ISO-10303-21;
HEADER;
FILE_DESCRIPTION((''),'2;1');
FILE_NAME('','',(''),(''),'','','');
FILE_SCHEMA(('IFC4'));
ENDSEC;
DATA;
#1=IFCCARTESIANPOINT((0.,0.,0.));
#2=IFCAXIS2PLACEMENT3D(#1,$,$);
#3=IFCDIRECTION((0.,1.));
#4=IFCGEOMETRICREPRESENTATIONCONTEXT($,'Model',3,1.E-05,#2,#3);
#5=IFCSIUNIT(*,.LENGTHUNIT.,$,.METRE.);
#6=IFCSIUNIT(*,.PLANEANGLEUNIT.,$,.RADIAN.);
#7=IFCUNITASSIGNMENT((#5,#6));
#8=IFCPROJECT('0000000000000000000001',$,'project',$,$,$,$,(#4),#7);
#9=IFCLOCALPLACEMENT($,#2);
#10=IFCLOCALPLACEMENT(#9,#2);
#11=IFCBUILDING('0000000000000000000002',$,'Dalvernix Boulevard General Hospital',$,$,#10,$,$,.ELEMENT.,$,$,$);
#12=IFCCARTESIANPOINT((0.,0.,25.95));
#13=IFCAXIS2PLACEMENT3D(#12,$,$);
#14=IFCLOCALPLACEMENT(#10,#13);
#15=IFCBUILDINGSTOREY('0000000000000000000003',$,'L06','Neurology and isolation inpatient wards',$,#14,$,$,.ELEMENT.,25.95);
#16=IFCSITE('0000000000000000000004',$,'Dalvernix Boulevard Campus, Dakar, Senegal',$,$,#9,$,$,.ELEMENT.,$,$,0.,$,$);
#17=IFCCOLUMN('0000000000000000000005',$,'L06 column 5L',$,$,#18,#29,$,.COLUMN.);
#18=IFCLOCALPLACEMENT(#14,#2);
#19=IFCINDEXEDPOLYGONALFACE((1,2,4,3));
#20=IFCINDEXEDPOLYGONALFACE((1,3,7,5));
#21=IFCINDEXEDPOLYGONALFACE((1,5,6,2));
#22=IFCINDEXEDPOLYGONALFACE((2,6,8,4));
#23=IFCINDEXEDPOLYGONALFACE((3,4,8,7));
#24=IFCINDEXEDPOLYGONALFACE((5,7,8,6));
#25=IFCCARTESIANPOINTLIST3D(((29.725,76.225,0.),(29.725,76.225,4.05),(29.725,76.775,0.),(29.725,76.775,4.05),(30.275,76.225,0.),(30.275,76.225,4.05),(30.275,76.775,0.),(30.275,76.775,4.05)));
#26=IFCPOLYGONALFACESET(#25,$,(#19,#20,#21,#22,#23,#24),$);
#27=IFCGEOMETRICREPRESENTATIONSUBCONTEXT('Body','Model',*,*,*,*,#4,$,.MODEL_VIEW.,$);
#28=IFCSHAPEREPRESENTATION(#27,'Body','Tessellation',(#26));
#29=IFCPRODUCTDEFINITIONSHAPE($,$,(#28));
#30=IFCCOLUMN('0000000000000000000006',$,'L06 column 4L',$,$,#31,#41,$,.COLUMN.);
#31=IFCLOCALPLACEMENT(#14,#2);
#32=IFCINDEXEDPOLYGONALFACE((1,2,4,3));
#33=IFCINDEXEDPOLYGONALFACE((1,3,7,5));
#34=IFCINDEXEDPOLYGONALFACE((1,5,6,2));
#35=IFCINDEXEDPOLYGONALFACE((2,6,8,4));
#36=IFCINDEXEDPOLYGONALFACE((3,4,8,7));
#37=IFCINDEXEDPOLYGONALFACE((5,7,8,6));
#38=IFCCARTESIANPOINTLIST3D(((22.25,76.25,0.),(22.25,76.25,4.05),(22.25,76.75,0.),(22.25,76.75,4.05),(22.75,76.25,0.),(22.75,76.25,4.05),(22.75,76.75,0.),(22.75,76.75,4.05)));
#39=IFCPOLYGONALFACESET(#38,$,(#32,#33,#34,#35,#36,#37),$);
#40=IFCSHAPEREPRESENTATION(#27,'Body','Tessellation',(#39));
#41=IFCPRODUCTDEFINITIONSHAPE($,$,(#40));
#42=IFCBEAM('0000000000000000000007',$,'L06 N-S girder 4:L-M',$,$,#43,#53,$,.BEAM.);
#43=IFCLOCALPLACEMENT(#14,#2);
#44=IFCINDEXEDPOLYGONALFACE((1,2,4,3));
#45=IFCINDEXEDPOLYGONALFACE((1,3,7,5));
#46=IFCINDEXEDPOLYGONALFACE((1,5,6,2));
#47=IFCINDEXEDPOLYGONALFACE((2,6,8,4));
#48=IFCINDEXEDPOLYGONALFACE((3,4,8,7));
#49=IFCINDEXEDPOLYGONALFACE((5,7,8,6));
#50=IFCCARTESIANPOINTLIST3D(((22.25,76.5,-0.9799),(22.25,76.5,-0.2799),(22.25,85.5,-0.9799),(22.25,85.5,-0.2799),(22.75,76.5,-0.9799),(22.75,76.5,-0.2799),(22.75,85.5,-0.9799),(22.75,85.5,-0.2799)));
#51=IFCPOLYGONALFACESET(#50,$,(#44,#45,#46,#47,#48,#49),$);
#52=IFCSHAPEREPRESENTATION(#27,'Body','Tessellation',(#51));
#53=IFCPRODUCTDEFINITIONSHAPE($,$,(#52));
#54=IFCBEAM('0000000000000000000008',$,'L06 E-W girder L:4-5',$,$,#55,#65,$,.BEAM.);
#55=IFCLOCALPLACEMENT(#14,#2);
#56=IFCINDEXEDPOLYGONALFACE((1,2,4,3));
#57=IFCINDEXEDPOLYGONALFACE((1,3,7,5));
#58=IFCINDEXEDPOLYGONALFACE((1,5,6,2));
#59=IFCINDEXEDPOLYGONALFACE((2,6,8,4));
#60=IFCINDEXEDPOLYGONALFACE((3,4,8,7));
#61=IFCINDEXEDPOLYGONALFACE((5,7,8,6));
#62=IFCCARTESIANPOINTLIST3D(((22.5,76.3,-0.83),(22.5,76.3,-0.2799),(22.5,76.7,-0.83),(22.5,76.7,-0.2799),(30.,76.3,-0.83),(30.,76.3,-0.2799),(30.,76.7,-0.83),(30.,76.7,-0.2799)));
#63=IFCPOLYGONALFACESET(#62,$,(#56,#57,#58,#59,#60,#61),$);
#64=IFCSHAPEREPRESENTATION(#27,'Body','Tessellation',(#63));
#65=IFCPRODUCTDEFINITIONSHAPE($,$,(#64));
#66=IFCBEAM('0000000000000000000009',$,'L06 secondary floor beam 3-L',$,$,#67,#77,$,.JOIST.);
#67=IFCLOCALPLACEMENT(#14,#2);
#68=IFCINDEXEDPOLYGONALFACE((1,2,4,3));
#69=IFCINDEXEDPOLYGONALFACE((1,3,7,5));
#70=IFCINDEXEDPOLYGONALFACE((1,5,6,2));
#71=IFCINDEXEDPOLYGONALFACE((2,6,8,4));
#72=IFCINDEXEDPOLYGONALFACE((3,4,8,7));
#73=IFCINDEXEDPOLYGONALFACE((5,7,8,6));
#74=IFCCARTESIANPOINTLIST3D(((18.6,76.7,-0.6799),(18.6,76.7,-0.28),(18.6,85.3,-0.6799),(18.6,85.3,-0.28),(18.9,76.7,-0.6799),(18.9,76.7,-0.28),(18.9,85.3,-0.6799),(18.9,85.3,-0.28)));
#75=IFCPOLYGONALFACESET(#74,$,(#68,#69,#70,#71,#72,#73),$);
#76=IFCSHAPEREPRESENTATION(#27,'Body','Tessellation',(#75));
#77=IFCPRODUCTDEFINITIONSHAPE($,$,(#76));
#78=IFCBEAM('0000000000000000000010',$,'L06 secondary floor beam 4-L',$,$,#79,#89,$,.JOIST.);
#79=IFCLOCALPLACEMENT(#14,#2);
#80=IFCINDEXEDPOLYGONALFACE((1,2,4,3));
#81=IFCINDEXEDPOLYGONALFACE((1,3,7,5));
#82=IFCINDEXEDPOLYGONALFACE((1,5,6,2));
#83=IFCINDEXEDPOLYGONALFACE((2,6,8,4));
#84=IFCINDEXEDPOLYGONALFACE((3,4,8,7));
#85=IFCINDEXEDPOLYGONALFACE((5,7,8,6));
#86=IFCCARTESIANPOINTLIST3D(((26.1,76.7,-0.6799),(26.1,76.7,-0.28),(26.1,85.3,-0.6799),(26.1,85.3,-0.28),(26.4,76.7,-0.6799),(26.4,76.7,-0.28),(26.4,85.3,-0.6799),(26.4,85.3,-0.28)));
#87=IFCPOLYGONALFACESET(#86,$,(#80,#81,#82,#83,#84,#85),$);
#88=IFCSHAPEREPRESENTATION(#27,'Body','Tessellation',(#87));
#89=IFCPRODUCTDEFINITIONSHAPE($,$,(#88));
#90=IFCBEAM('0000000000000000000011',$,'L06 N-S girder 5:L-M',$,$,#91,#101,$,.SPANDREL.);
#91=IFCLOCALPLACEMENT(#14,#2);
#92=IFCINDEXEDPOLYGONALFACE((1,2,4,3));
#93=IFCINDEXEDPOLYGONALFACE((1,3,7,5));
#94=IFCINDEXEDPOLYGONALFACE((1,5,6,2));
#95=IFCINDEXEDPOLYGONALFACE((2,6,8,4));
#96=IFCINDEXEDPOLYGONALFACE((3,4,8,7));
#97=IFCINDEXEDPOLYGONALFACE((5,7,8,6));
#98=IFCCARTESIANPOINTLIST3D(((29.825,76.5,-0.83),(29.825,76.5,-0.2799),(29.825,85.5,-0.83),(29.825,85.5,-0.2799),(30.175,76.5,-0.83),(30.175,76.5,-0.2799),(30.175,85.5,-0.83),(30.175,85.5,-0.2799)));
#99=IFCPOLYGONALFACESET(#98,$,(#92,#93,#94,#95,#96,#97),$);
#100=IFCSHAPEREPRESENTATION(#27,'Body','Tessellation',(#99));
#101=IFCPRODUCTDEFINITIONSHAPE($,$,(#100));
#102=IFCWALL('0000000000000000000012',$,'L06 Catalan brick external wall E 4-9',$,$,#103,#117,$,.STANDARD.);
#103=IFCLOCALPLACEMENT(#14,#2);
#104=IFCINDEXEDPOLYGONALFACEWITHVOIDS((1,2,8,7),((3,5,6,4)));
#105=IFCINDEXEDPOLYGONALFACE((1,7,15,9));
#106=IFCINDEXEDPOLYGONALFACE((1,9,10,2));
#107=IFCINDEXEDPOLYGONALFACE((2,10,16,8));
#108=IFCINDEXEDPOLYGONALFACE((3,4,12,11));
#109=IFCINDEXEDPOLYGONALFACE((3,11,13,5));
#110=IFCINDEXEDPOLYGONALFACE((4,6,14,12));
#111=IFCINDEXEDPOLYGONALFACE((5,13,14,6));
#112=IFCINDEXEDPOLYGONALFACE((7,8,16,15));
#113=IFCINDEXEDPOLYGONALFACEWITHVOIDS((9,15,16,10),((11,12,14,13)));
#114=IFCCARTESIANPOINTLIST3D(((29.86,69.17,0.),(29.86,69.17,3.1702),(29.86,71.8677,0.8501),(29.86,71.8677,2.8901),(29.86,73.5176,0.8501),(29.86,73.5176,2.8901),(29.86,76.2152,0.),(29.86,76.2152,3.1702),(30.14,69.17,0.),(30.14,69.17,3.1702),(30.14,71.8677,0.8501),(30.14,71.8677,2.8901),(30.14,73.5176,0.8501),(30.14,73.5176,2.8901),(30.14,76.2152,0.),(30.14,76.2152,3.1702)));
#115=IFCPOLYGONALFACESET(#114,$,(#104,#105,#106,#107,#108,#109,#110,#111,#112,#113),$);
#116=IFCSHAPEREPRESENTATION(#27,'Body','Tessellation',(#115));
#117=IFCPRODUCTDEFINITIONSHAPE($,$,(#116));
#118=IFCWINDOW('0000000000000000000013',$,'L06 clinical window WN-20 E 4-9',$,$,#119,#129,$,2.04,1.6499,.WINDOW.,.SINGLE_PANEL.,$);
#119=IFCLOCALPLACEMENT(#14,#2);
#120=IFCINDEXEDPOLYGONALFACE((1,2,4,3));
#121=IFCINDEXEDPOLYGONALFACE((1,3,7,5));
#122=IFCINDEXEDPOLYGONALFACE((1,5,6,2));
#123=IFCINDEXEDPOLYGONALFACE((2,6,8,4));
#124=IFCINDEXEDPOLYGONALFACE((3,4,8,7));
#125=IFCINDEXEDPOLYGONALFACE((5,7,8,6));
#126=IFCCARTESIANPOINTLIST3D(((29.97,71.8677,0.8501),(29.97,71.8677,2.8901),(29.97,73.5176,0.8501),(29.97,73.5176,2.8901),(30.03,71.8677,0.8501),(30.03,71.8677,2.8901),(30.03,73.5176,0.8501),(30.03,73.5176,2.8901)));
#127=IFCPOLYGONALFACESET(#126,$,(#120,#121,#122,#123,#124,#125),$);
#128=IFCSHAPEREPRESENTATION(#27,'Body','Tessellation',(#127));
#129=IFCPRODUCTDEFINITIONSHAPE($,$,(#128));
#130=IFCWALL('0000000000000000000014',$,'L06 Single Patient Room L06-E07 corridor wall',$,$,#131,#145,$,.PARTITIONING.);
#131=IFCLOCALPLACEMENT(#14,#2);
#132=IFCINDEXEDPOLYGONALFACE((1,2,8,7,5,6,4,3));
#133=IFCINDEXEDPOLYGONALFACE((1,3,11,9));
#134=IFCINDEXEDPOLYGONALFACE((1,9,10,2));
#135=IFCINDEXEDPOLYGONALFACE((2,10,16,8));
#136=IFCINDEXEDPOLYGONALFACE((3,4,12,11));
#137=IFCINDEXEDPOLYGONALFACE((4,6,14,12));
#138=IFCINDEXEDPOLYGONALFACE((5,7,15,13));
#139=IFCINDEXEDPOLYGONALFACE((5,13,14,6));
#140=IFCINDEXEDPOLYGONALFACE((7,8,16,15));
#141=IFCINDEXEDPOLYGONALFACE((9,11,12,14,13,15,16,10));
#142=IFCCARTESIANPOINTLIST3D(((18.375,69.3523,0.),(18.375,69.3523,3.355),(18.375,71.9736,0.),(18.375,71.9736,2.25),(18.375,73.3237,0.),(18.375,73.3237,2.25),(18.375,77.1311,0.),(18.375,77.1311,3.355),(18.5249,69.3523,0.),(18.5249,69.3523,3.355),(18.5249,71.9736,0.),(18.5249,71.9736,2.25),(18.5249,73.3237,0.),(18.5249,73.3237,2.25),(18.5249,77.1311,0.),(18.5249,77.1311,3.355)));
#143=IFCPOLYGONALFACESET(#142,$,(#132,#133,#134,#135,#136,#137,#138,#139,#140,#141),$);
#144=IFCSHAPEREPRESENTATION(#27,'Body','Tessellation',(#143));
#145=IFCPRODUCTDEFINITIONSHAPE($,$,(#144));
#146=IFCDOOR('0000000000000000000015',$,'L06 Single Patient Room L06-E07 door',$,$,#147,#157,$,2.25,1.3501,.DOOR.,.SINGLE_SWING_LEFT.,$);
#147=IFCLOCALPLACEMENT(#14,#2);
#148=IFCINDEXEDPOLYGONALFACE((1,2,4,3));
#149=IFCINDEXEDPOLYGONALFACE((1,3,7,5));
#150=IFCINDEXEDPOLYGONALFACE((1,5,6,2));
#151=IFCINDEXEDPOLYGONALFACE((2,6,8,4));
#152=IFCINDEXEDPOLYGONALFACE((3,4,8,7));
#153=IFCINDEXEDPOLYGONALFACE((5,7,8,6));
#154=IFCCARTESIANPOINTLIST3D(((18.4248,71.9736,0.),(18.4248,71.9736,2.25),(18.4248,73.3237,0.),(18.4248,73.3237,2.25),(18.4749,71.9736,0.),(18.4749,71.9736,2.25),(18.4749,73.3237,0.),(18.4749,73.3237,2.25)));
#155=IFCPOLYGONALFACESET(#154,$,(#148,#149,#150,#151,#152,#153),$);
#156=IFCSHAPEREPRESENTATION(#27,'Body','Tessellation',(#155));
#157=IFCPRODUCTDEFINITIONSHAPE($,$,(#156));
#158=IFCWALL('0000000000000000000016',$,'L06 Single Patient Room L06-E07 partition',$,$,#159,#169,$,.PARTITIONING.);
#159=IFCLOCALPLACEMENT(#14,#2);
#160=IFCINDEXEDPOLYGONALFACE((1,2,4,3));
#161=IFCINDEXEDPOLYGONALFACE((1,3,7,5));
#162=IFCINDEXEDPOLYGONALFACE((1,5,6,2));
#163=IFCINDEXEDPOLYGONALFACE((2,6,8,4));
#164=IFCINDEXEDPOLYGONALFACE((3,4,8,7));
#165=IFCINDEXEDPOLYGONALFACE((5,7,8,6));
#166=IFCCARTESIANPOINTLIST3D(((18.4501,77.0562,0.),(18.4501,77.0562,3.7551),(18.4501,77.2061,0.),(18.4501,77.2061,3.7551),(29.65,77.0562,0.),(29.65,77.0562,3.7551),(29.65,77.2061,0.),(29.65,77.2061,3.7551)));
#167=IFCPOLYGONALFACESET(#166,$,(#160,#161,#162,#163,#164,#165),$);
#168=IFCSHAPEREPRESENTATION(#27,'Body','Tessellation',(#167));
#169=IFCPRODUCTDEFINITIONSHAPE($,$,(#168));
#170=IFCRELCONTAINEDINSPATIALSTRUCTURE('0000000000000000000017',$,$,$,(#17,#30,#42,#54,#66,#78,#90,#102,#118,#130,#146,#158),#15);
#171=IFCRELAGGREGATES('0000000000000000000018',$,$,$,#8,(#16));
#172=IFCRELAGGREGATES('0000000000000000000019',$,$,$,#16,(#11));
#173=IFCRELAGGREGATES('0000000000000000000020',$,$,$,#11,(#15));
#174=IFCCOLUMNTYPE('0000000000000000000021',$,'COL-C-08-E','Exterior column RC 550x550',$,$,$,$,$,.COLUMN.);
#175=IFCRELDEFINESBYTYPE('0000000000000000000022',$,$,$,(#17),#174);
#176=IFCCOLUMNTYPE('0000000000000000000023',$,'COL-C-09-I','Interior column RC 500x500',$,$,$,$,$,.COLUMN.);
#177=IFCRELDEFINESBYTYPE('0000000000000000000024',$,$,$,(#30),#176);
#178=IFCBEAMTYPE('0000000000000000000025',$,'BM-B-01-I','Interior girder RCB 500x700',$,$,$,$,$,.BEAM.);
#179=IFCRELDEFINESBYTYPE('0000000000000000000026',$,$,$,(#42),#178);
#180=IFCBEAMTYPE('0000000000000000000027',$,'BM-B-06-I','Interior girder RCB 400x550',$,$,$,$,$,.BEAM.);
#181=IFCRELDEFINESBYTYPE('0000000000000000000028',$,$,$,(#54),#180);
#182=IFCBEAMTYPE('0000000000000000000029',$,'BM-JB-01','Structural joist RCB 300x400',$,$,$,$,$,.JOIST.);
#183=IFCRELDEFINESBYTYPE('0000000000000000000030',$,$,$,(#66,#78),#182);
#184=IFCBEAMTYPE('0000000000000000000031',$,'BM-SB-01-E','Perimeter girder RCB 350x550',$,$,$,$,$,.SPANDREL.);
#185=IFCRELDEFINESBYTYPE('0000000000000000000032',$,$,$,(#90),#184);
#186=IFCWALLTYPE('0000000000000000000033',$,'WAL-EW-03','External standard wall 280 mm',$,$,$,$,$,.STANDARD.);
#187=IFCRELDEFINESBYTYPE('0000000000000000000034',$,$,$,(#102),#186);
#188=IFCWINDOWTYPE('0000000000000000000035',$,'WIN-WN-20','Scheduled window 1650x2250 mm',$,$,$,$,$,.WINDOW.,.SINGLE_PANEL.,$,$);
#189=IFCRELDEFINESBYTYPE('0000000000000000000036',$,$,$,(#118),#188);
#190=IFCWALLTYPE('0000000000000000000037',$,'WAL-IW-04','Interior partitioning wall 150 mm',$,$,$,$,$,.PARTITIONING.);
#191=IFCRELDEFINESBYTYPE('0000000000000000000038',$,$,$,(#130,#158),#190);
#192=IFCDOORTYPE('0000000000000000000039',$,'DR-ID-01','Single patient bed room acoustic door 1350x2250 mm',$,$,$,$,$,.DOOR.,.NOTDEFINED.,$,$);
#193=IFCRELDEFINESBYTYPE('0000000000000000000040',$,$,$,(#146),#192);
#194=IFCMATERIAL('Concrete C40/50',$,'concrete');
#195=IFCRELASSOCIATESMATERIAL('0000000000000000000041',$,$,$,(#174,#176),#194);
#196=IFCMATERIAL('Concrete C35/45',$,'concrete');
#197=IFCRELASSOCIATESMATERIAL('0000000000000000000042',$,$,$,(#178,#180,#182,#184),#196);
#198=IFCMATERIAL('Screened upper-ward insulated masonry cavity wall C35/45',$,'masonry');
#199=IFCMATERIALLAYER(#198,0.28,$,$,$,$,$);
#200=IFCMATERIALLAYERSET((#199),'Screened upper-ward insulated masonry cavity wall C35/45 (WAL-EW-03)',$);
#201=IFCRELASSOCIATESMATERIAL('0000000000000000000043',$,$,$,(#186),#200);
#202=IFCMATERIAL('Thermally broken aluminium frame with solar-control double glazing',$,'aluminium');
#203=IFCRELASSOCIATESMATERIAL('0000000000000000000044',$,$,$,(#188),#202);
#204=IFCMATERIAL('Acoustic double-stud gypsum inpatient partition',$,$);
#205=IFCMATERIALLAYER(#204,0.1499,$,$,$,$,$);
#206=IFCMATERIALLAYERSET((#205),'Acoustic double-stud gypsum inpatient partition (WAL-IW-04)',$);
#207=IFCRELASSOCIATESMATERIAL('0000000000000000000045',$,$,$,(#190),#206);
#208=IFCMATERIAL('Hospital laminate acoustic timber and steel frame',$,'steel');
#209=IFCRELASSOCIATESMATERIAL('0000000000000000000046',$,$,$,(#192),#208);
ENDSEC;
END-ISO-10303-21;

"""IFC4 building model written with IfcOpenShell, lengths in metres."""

from ifc_helpers import new_model, si_unit, direction, frame, frame_2d, origin, origin_2d, place, context, subcontext, project, spatial, rectangle, extrude, material, layer, layer_set, material_profile, profile_set, type_object, element, fill, save


model = new_model("IFC4")

# Units and contexts
model_context = context("Model", 3, precision=1e-05, world=origin(), true_north=direction((0.0, 1.0)))
body_context = subcontext(model_context, "Body", "Model", "MODEL_VIEW")
ifc_project = project(units=[si_unit("LENGTHUNIT", "METRE"), si_unit("PLANEANGLEUNIT", "RADIAN")], contexts=[model_context])

# Site, building, storey
site_placement = place(None, origin())
site = spatial("IfcSite", under=ifc_project, at=site_placement, Name="Dalvernix Boulevard Campus, Dakar, Senegal", CompositionType="ELEMENT", RefElevation=0.0)
building_placement = place(site_placement, origin())
building = spatial("IfcBuilding", under=site, at=building_placement, Name="Dalvernix Boulevard General Hospital", CompositionType="ELEMENT")
storey_placement = place(building_placement, frame((0.0, 0.0, 25.95)))
storey = spatial("IfcBuildingStorey", under=building, at=storey_placement, Name="L06", Description="Neurology and isolation inpatient wards", CompositionType="ELEMENT", Elevation=25.95)

# Columns
ifc_material_1 = material(Name="Concrete C40/50", Category="concrete")
ifc_material_profile_1 = material_profile(ifc_material_1, rectangle(XDim=0.55, YDim=0.55, at=origin_2d()), Name="RC 550x550")
ifc_profile_set_1 = profile_set([ifc_material_profile_1], Name="Concrete C40/50")
column_type_1 = type_object("IfcColumnType", Name="COL-C-08-E", Description="Exterior column RC 550x550", PredefinedType="COLUMN", material=ifc_profile_set_1)
column_1_placement = place(storey_placement, frame((30.0, 76.5, 0.0), z_axis=(0.0, 0.0, 1.0), x_axis=(1.0, 0.0, 0.0)))
element("IfcColumn", 1, at=column_1_placement, inside=storey, type_object=column_type_1, Name="L06 column 5L", PredefinedType="COLUMN", context=body_context, shape_type="SweptSolid", body=[
    extrude(rectangle(XDim=0.55, YDim=0.55, at=origin_2d()), origin(), (0.0, 0.0, 1.0), 4.05),
])
ifc_material_profile_2 = material_profile(ifc_material_1, rectangle(XDim=0.5, YDim=0.5, at=origin_2d()), Name="RC 500x500")
ifc_profile_set_2 = profile_set([ifc_material_profile_2], Name="Concrete C40/50")
column_type_2 = type_object("IfcColumnType", Name="COL-C-09-I", Description="Interior column RC 500x500", PredefinedType="COLUMN", material=ifc_profile_set_2)
column_2_placement = place(storey_placement, frame((22.5, 76.5, 0.0), z_axis=(0.0, 0.0, 1.0), x_axis=(1.0, 0.0, 0.0)))
element("IfcColumn", 2, at=column_2_placement, inside=storey, type_object=column_type_2, Name="L06 column 4L", PredefinedType="COLUMN", context=body_context, shape_type="SweptSolid", body=[
    extrude(rectangle(XDim=0.5, YDim=0.5, at=origin_2d()), origin(), (0.0, 0.0, 1.0), 4.05),
])

# Beams
ifc_material_2 = material(Name="Concrete C35/45", Category="concrete")
ifc_material_profile_3 = material_profile(ifc_material_2, rectangle(XDim=0.5, YDim=0.7, at=origin_2d()), Name="RCB 500x700")
ifc_profile_set_3 = profile_set([ifc_material_profile_3], Name="Concrete C35/45")
beam_type_1 = type_object("IfcBeamType", Name="BM-B-01-I", Description="Interior girder RCB 500x700", PredefinedType="BEAM", material=ifc_profile_set_3)
beam_1_placement = place(storey_placement, frame((22.5, 76.5, -0.6299), z_axis=(0.0, 1.0, 0.0), x_axis=(-1.0, 0.0, 0.0)))
element("IfcBeam", 3, at=beam_1_placement, inside=storey, type_object=beam_type_1, Name="L06 N-S girder 4:L-M", PredefinedType="BEAM", context=body_context, shape_type="SweptSolid", body=[
    extrude(rectangle(XDim=0.5, YDim=0.7, at=origin_2d()), origin(), (0.0, 0.0, 1.0), 9.0),
])
ifc_material_profile_4 = material_profile(ifc_material_2, rectangle(XDim=0.3999, YDim=0.55, at=origin_2d()), Name="RCB 400x550")
ifc_profile_set_4 = profile_set([ifc_material_profile_4], Name="Concrete C35/45")
beam_type_2 = type_object("IfcBeamType", Name="BM-B-06-I", Description="Interior girder RCB 400x550", PredefinedType="BEAM", material=ifc_profile_set_4)
beam_2_placement = place(storey_placement, frame((22.5, 76.5, -0.5549), z_axis=(1.0, 0.0, 0.0), x_axis=(0.0, 1.0, 0.0)))
element("IfcBeam", 4, at=beam_2_placement, inside=storey, type_object=beam_type_2, Name="L06 E-W girder L:4-5", PredefinedType="BEAM", context=body_context, shape_type="SweptSolid", body=[
    extrude(rectangle(XDim=0.3999, YDim=0.55, at=origin_2d()), origin(), (0.0, 0.0, 1.0), 7.5),
])
ifc_material_profile_5 = material_profile(ifc_material_2, rectangle(XDim=0.3, YDim=0.3999, at=origin_2d()), Name="RCB 300x400")
ifc_profile_set_5 = profile_set([ifc_material_profile_5], Name="Concrete C35/45")
beam_type_3 = type_object("IfcBeamType", Name="BM-JB-01", Description="Structural joist RCB 300x400", PredefinedType="JOIST", material=ifc_profile_set_5)
for number, where, z_axis, x_axis, name in (
    (5, (18.75, 76.7, -0.48), (0.0, 1.0, 0.0), (-1.0, 0.0, 0.0), "L06 secondary floor beam 3-L"),
    (6, (26.25, 76.7, -0.48), (0.0, 1.0, 0.0), (-1.0, 0.0, 0.0), "L06 secondary floor beam 4-L"),
):
    element("IfcBeam", number, at=place(storey_placement, frame(where, z_axis=z_axis, x_axis=x_axis)), inside=storey, type_object=beam_type_3, Name=name, PredefinedType="JOIST", context=body_context, shape_type="SweptSolid", body=[
        extrude(rectangle(XDim=0.3, YDim=0.3999, at=origin_2d()), origin(), (0.0, 0.0, 1.0), 8.6001),
    ])
ifc_material_profile_6 = material_profile(ifc_material_2, rectangle(XDim=0.3501, YDim=0.55, at=origin_2d()), Name="RCB 350x550")
ifc_profile_set_6 = profile_set([ifc_material_profile_6], Name="Concrete C35/45")
beam_type_4 = type_object("IfcBeamType", Name="BM-SB-01-E", Description="Perimeter girder RCB 350x550", PredefinedType="SPANDREL", material=ifc_profile_set_6)
beam_3_placement = place(storey_placement, frame((30.0, 76.5, -0.5549), z_axis=(0.0, 1.0, 0.0), x_axis=(-1.0, 0.0, 0.0)))
element("IfcBeam", 7, at=beam_3_placement, inside=storey, type_object=beam_type_4, Name="L06 N-S girder 5:L-M", PredefinedType="SPANDREL", context=body_context, shape_type="SweptSolid", body=[
    extrude(rectangle(XDim=0.3501, YDim=0.55, at=origin_2d()), origin(), (0.0, 0.0, 1.0), 9.0),
])

# Wall, opening, window
ifc_material_3 = material(Name="Screened upper-ward insulated masonry cavity wall C35/45", Category="masonry")
ifc_layer_1 = layer(ifc_material_3, 0.28)
ifc_layer_set_1 = layer_set([ifc_layer_1], Name="Screened upper-ward insulated masonry cavity wall C35/45 (WAL-EW-03)")
wall_type_1 = type_object("IfcWallType", Name="WAL-EW-03", Description="External standard wall 280 mm", PredefinedType="STANDARD", material=ifc_layer_set_1)
wall_1_placement = place(storey_placement, frame((30.0, 76.2151, 0.0), z_axis=(0.0, 0.0, 1.0), x_axis=(0.0, -1.0, 0.0)))
wall_1 = element("IfcWall", 8, at=wall_1_placement, inside=storey, type_object=wall_type_1, Name="L06 Catalan brick external wall E 4-9", PredefinedType="STANDARD", context=body_context, shape_type="SweptSolid", body=[
    extrude(rectangle(XDim=7.0452, YDim=0.28, at=frame_2d((3.5225, 0.0))), origin(), (0.0, 0.0, 1.0), 3.1702),
])
opening_1_placement = place(wall_1_placement, frame((2.6975, 0.0, 0.8501)))
opening_1 = element("IfcOpeningElement", 9, at=opening_1_placement, cuts=wall_1, PredefinedType="OPENING", context=body_context, shape_type="SweptSolid", body=[
    extrude(rectangle(XDim=1.6499, YDim=2.04, at=frame_2d((0.825, 1.02))), frame((0.0, 0.1499, 0.0), z_axis=(0.0, -1.0, 0.0), x_axis=(1.0, 0.0, 0.0)), (0.0, 0.0, 1.0), 0.3),
])
ifc_material_4 = material(Name="Thermally broken aluminium frame with solar-control double glazing", Category="aluminium")
window_type = type_object("IfcWindowType", Name="WIN-WN-20", Description="Scheduled window 1650x2250 mm", PartitioningType="SINGLE_PANEL", PredefinedType="WINDOW", material=ifc_material_4)
window_placement = place(opening_1_placement, origin())
window = element("IfcWindow", 10, at=window_placement, inside=storey, type_object=window_type, Name="L06 clinical window WN-20 E 4-9", OverallHeight=2.04, OverallWidth=1.6499, PartitioningType="SINGLE_PANEL", PredefinedType="WINDOW", context=body_context, shape_type="SweptSolid", body=[
    extrude(rectangle(XDim=1.6499, YDim=2.04, at=frame_2d((0.825, 1.02))), frame((0.0, 0.03, 0.0), z_axis=(0.0, -1.0, 0.0), x_axis=(1.0, 0.0, 0.0)), (0.0, 0.0, 1.0), 0.0601),
])
fill(opening_1, window)

# Wall, opening, door
ifc_material_5 = material(Name="Acoustic double-stud gypsum inpatient partition")
ifc_layer_2 = layer(ifc_material_5, 0.1499)
ifc_layer_set_2 = layer_set([ifc_layer_2], Name="Acoustic double-stud gypsum inpatient partition (WAL-IW-04)")
wall_type_2 = type_object("IfcWallType", Name="WAL-IW-04", Description="Interior partitioning wall 150 mm", PredefinedType="PARTITIONING", material=ifc_layer_set_2)
wall_2_placement = place(storey_placement, frame((18.45, 77.1311, 0.0), z_axis=(0.0, 0.0, 1.0), x_axis=(0.0, -1.0, 0.0)))
wall_2 = element("IfcWall", 11, at=wall_2_placement, inside=storey, type_object=wall_type_2, Name="L06 Single Patient Room L06-E07 corridor wall", PredefinedType="PARTITIONING", context=body_context, shape_type="SweptSolid", body=[
    extrude(rectangle(XDim=7.7788, YDim=0.1499, at=frame_2d((3.8894, 0.0))), origin(), (0.0, 0.0, 1.0), 3.355),
])
opening_2_placement = place(wall_2_placement, frame((3.8074, 0.0, 0.0)))
opening_2 = element("IfcOpeningElement", 12, at=opening_2_placement, cuts=wall_2, PredefinedType="OPENING", context=body_context, shape_type="SweptSolid", body=[
    extrude(rectangle(XDim=1.3501, YDim=2.25, at=frame_2d((0.675, 1.125))), frame((0.0, 0.085, 0.0), z_axis=(0.0, -1.0, 0.0), x_axis=(1.0, 0.0, 0.0)), (0.0, 0.0, 1.0), 0.1699),
])
ifc_material_6 = material(Name="Hospital laminate acoustic timber and steel frame", Category="steel")
door_type = type_object("IfcDoorType", Name="DR-ID-01", Description="Single patient bed room acoustic door 1350x2250 mm", OperationType="NOTDEFINED", PredefinedType="DOOR", material=ifc_material_6)
door_placement = place(opening_2_placement, origin())
door = element("IfcDoor", 13, at=door_placement, inside=storey, type_object=door_type, Name="L06 Single Patient Room L06-E07 door", OperationType="SINGLE_SWING_LEFT", OverallHeight=2.25, OverallWidth=1.3501, PredefinedType="DOOR", context=body_context, shape_type="SweptSolid", body=[
    extrude(rectangle(XDim=1.3501, YDim=2.25, at=frame_2d((0.675, 1.125))), frame((0.0, 0.0249, 0.0), z_axis=(0.0, -1.0, 0.0), x_axis=(1.0, 0.0, 0.0)), (0.0, 0.0, 1.0), 0.05),
])
fill(opening_2, door)

# Wall
wall_3_placement = place(storey_placement, frame((18.45, 77.1311, 0.0), z_axis=(0.0, 0.0, 1.0), x_axis=(1.0, 0.0, 0.0)))
element("IfcWall", 14, at=wall_3_placement, inside=storey, type_object=wall_type_2, Name="L06 Single Patient Room L06-E07 partition", PredefinedType="PARTITIONING", context=body_context, shape_type="SweptSolid", body=[
    extrude(rectangle(XDim=11.2, YDim=0.1499, at=frame_2d((5.6001, 0.0))), origin(), (0.0, 0.0, 1.0), 3.7551),
])

save(model, "model.ifc")
